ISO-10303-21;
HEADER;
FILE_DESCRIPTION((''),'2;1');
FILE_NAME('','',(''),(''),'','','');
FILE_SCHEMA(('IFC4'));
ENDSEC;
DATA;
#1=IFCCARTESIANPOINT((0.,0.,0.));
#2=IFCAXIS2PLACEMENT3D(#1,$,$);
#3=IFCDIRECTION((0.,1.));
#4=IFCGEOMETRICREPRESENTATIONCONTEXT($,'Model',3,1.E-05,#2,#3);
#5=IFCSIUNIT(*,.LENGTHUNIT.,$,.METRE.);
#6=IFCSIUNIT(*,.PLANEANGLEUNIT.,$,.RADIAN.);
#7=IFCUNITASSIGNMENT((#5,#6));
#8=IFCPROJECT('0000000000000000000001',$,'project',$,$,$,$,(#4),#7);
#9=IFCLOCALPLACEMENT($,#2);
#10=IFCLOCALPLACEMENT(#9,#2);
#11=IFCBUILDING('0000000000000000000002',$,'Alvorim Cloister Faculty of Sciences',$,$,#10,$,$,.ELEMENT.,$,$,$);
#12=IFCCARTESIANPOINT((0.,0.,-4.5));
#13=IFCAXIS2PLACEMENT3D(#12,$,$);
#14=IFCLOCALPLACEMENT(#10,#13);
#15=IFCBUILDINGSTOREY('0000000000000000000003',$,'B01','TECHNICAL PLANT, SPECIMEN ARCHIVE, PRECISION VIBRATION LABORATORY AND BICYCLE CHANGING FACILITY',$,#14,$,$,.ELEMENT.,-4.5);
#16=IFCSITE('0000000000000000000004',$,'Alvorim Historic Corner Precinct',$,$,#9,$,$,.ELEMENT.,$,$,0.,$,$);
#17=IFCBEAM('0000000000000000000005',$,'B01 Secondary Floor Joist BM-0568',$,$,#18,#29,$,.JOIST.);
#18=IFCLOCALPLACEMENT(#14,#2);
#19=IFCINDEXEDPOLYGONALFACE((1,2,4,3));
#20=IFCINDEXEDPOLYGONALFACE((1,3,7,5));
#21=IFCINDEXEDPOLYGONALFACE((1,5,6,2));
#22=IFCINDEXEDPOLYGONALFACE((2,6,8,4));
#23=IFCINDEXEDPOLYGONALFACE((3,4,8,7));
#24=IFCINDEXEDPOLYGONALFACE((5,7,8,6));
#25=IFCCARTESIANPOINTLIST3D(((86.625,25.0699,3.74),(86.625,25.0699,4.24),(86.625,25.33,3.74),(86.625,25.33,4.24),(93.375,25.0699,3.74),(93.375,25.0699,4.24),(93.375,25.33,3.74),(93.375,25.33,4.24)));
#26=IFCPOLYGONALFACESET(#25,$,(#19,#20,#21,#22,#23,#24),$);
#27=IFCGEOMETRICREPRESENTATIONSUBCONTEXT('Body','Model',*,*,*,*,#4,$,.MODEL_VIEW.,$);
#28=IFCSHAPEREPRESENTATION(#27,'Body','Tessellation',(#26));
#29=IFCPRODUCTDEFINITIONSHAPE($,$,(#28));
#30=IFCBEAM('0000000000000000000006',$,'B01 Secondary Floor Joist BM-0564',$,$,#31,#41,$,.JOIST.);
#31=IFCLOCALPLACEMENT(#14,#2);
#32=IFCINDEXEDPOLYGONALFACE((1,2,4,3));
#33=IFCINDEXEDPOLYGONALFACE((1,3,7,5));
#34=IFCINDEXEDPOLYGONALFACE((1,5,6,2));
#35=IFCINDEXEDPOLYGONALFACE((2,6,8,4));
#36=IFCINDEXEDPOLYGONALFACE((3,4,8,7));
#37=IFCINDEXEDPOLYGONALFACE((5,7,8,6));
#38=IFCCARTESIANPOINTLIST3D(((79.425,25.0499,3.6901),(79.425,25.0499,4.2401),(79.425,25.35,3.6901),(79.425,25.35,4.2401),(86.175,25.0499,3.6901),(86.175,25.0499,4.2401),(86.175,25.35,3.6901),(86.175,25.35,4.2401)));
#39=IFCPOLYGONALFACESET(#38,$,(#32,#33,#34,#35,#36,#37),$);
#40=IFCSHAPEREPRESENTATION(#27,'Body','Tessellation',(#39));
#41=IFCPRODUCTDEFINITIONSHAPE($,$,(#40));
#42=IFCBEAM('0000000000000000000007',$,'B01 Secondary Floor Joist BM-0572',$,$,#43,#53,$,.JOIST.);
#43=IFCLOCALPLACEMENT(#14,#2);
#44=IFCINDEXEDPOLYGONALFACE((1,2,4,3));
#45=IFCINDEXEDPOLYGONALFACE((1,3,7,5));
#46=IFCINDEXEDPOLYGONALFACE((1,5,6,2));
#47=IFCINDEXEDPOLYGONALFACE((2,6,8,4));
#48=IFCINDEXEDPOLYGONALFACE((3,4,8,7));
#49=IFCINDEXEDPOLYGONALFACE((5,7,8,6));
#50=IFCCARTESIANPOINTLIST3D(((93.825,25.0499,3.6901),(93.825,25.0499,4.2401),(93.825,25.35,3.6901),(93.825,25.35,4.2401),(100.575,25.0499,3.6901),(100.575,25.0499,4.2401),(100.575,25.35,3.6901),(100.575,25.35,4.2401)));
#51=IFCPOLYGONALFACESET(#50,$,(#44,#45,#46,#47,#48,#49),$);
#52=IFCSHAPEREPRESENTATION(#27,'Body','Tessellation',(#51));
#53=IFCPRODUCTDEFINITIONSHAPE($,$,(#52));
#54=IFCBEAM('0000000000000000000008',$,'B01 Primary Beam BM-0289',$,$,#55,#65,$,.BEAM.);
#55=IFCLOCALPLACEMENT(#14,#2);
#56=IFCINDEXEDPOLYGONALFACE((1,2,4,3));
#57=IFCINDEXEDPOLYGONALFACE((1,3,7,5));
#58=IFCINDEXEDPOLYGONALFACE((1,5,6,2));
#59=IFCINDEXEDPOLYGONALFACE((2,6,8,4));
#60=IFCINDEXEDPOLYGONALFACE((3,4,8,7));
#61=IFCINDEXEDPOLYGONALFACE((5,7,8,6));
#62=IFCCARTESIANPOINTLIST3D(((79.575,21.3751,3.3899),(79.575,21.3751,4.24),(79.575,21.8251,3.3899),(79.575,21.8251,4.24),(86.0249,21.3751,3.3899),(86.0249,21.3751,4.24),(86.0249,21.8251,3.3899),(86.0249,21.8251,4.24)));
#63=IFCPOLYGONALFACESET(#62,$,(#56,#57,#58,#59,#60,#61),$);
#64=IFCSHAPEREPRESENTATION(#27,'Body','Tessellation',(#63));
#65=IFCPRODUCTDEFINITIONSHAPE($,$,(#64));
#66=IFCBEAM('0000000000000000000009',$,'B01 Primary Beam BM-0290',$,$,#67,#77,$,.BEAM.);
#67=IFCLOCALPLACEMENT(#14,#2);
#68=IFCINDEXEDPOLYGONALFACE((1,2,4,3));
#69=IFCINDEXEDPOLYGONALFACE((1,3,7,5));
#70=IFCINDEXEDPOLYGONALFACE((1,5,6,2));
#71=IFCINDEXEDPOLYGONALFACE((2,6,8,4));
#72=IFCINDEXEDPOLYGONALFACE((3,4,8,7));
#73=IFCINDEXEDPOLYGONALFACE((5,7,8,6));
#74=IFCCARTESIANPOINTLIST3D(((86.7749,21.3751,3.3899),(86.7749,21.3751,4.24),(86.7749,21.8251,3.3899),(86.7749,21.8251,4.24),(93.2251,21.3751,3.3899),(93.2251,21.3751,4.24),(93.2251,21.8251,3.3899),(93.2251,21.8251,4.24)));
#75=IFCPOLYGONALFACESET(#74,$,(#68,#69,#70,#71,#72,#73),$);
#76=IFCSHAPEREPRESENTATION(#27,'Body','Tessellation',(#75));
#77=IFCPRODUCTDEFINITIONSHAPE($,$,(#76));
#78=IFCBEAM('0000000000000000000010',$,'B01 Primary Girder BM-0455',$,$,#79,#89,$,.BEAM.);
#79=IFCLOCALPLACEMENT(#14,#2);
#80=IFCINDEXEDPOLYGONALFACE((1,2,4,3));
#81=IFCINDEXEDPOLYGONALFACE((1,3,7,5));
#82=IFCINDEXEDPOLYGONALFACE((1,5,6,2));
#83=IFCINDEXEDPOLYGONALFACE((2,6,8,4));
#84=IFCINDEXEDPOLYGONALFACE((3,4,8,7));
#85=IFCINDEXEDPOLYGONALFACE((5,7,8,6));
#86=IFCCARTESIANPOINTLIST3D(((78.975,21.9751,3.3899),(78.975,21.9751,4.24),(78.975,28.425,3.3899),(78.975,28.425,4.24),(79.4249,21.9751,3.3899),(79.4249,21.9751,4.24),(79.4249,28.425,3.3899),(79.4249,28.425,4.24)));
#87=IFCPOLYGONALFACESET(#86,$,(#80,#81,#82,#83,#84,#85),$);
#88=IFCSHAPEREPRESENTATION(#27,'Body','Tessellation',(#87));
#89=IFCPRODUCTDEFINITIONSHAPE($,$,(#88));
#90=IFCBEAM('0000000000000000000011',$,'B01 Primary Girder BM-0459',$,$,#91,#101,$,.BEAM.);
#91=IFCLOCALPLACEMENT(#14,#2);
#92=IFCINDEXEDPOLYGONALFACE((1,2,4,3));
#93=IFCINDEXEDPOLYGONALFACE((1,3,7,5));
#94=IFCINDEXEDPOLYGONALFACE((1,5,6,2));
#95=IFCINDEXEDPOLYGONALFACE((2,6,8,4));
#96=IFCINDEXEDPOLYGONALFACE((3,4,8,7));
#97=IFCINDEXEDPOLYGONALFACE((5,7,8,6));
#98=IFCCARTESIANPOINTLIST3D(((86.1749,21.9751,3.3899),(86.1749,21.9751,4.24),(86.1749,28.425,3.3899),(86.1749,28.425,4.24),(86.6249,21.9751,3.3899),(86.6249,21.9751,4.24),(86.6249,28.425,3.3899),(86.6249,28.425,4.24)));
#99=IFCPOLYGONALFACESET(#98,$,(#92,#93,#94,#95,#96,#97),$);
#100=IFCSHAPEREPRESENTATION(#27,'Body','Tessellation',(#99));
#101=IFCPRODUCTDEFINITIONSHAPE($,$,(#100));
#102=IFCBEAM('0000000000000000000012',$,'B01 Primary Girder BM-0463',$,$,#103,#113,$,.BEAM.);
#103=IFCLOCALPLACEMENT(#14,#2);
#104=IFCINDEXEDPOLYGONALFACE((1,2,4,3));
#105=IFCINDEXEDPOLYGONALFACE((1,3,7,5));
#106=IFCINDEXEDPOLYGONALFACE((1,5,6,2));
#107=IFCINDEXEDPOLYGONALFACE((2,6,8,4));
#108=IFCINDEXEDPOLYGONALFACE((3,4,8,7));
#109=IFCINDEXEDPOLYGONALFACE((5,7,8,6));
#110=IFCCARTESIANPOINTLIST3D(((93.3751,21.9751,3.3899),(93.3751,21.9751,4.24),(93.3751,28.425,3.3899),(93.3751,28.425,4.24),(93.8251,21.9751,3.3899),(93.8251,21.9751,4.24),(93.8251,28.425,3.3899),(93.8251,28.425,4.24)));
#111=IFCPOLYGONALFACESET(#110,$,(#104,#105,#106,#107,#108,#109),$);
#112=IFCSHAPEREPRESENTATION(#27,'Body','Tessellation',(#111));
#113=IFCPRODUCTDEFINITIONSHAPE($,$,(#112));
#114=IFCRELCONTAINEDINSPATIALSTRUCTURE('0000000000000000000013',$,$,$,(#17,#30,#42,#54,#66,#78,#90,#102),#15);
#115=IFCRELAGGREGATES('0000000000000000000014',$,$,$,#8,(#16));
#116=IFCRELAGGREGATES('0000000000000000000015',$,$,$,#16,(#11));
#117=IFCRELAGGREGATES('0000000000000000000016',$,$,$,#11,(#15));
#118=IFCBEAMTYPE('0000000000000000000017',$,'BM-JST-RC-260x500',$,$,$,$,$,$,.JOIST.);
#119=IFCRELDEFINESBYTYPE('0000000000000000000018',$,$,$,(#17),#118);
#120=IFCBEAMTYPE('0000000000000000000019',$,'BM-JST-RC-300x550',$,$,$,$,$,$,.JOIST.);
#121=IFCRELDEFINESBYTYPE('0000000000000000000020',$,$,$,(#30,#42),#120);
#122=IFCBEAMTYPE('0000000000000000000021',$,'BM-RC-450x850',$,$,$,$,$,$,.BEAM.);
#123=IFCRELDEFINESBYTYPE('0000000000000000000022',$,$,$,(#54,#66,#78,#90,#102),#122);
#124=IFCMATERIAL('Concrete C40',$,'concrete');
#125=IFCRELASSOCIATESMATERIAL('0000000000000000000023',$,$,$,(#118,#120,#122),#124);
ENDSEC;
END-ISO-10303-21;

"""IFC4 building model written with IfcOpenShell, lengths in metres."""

from ifc_helpers import new_model, si_unit, direction, frame, origin, origin_2d, place, context, subcontext, project, spatial, rectangle, extrude, material, material_profile, profile_set, type_object, element, save


model = new_model("IFC4")

# Units and contexts
model_context = context("Model", 3, precision=1e-05, world=origin(), true_north=direction((0.0, 1.0)))
body_context = subcontext(model_context, "Body", "Model", "MODEL_VIEW")
ifc_project = project(units=[si_unit("LENGTHUNIT", "METRE"), si_unit("PLANEANGLEUNIT", "RADIAN")], contexts=[model_context])

# Site, building, storey
site_placement = place(None, origin())
site = spatial("IfcSite", under=ifc_project, at=site_placement, Name="Alvorim Historic Corner Precinct", CompositionType="ELEMENT", RefElevation=0.0)
building_placement = place(site_placement, origin())
building = spatial("IfcBuilding", under=site, at=building_placement, Name="Alvorim Cloister Faculty of Sciences", CompositionType="ELEMENT")
storey_placement = place(building_placement, frame((0.0, 0.0, -4.5)))
storey = spatial("IfcBuildingStorey", under=building, at=storey_placement, Name="B01", Description="TECHNICAL PLANT, SPECIMEN ARCHIVE, PRECISION VIBRATION LABORATORY AND BICYCLE CHANGING FACILITY", CompositionType="ELEMENT", Elevation=-4.5)

# Shared definitions
ifc_material_1 = material(Name="Concrete C40", Category="concrete")

# Beams
ifc_material_profile_1 = material_profile(ifc_material_1, rectangle(XDim=0.26, YDim=0.5, at=origin_2d()), Name="RC40-JST-260x500")
ifc_profile_set_1 = profile_set([ifc_material_profile_1], Name="Concrete C40")
beam_type_1 = type_object("IfcBeamType", Name="BM-JST-RC-260x500", PredefinedType="JOIST", material=ifc_profile_set_1)
beam_1_placement = place(storey_placement, frame((86.625, 25.2, 3.99), z_axis=(1.0, 0.0, 0.0), x_axis=(0.0, 1.0, 0.0)))
element("IfcBeam", 1, at=beam_1_placement, inside=storey, type_object=beam_type_1, Name="B01 Secondary Floor Joist BM-0568", PredefinedType="JOIST", context=body_context, shape_type="SweptSolid", body=[
    extrude(rectangle(XDim=0.26, YDim=0.5, at=origin_2d()), origin(), (0.0, 0.0, 1.0), 6.75),
])
ifc_material_profile_2 = material_profile(ifc_material_1, rectangle(XDim=0.3, YDim=0.55, at=origin_2d()), Name="RC40-JST-300x550")
ifc_profile_set_2 = profile_set([ifc_material_profile_2], Name="Concrete C40")
beam_type_2 = type_object("IfcBeamType", Name="BM-JST-RC-300x550", PredefinedType="JOIST", material=ifc_profile_set_2)
for number, where, z_axis, x_axis, name in (
    (2, (79.425, 25.2, 3.9651), (1.0, 0.0, 0.0), (0.0, 1.0, 0.0), "B01 Secondary Floor Joist BM-0564"),
    (3, (93.825, 25.2, 3.9651), (1.0, 0.0, 0.0), (0.0, 1.0, 0.0), "B01 Secondary Floor Joist BM-0572"),
):
    element("IfcBeam", number, at=place(storey_placement, frame(where, z_axis=z_axis, x_axis=x_axis)), inside=storey, type_object=beam_type_2, Name=name, PredefinedType="JOIST", context=body_context, shape_type="SweptSolid", body=[
        extrude(rectangle(XDim=0.3, YDim=0.55, at=origin_2d()), origin(), (0.0, 0.0, 1.0), 6.75),
    ])
ifc_material_profile_3 = material_profile(ifc_material_1, rectangle(XDim=0.45, YDim=0.8501, at=origin_2d()), Name="RC40-BM-450x850")
ifc_profile_set_3 = profile_set([ifc_material_profile_3], Name="Concrete C40")
beam_type_3 = type_object("IfcBeamType", Name="BM-RC-450x850", PredefinedType="BEAM", material=ifc_profile_set_3)
beam_2_placement = place(storey_placement, frame((79.575, 21.6001, 3.8149), z_axis=(1.0, 0.0, 0.0), x_axis=(0.0, 1.0, 0.0)))
element("IfcBeam", 4, at=beam_2_placement, inside=storey, type_object=beam_type_3, Name="B01 Primary Beam BM-0289", PredefinedType="BEAM", context=body_context, shape_type="SweptSolid", body=[
    extrude(rectangle(XDim=0.45, YDim=0.8501, at=origin_2d()), origin(), (0.0, 0.0, 1.0), 6.45),
])
beam_3_placement = place(storey_placement, frame((86.7749, 21.6001, 3.8149), z_axis=(1.0, 0.0, 0.0), x_axis=(0.0, 1.0, 0.0)))
element("IfcBeam", 5, at=beam_3_placement, inside=storey, type_object=beam_type_3, Name="B01 Primary Beam BM-0290", PredefinedType="BEAM", context=body_context, shape_type="SweptSolid", body=[
    extrude(rectangle(XDim=0.45, YDim=0.8501, at=origin_2d()), origin(), (0.0, 0.0, 1.0), 6.4502),
])
for number, where, z_axis, x_axis, name in (
    (6, (79.2, 21.9751, 3.8149), (0.0, 1.0, 0.0), (-1.0, 0.0, 0.0), "B01 Primary Girder BM-0455"),
    (7, (86.3999, 21.9751, 3.8149), (0.0, 1.0, 0.0), (-1.0, 0.0, 0.0), "B01 Primary Girder BM-0459"),
    (8, (93.6001, 21.9751, 3.8149), (0.0, 1.0, 0.0), (-1.0, 0.0, 0.0), "B01 Primary Girder BM-0463"),
):
    element("IfcBeam", number, at=place(storey_placement, frame(where, z_axis=z_axis, x_axis=x_axis)), inside=storey, type_object=beam_type_3, Name=name, PredefinedType="BEAM", context=body_context, shape_type="SweptSolid", body=[
        extrude(rectangle(XDim=0.45, YDim=0.8501, at=origin_2d()), origin(), (0.0, 0.0, 1.0), 6.45),
    ])

save(model, "model.ifc")
